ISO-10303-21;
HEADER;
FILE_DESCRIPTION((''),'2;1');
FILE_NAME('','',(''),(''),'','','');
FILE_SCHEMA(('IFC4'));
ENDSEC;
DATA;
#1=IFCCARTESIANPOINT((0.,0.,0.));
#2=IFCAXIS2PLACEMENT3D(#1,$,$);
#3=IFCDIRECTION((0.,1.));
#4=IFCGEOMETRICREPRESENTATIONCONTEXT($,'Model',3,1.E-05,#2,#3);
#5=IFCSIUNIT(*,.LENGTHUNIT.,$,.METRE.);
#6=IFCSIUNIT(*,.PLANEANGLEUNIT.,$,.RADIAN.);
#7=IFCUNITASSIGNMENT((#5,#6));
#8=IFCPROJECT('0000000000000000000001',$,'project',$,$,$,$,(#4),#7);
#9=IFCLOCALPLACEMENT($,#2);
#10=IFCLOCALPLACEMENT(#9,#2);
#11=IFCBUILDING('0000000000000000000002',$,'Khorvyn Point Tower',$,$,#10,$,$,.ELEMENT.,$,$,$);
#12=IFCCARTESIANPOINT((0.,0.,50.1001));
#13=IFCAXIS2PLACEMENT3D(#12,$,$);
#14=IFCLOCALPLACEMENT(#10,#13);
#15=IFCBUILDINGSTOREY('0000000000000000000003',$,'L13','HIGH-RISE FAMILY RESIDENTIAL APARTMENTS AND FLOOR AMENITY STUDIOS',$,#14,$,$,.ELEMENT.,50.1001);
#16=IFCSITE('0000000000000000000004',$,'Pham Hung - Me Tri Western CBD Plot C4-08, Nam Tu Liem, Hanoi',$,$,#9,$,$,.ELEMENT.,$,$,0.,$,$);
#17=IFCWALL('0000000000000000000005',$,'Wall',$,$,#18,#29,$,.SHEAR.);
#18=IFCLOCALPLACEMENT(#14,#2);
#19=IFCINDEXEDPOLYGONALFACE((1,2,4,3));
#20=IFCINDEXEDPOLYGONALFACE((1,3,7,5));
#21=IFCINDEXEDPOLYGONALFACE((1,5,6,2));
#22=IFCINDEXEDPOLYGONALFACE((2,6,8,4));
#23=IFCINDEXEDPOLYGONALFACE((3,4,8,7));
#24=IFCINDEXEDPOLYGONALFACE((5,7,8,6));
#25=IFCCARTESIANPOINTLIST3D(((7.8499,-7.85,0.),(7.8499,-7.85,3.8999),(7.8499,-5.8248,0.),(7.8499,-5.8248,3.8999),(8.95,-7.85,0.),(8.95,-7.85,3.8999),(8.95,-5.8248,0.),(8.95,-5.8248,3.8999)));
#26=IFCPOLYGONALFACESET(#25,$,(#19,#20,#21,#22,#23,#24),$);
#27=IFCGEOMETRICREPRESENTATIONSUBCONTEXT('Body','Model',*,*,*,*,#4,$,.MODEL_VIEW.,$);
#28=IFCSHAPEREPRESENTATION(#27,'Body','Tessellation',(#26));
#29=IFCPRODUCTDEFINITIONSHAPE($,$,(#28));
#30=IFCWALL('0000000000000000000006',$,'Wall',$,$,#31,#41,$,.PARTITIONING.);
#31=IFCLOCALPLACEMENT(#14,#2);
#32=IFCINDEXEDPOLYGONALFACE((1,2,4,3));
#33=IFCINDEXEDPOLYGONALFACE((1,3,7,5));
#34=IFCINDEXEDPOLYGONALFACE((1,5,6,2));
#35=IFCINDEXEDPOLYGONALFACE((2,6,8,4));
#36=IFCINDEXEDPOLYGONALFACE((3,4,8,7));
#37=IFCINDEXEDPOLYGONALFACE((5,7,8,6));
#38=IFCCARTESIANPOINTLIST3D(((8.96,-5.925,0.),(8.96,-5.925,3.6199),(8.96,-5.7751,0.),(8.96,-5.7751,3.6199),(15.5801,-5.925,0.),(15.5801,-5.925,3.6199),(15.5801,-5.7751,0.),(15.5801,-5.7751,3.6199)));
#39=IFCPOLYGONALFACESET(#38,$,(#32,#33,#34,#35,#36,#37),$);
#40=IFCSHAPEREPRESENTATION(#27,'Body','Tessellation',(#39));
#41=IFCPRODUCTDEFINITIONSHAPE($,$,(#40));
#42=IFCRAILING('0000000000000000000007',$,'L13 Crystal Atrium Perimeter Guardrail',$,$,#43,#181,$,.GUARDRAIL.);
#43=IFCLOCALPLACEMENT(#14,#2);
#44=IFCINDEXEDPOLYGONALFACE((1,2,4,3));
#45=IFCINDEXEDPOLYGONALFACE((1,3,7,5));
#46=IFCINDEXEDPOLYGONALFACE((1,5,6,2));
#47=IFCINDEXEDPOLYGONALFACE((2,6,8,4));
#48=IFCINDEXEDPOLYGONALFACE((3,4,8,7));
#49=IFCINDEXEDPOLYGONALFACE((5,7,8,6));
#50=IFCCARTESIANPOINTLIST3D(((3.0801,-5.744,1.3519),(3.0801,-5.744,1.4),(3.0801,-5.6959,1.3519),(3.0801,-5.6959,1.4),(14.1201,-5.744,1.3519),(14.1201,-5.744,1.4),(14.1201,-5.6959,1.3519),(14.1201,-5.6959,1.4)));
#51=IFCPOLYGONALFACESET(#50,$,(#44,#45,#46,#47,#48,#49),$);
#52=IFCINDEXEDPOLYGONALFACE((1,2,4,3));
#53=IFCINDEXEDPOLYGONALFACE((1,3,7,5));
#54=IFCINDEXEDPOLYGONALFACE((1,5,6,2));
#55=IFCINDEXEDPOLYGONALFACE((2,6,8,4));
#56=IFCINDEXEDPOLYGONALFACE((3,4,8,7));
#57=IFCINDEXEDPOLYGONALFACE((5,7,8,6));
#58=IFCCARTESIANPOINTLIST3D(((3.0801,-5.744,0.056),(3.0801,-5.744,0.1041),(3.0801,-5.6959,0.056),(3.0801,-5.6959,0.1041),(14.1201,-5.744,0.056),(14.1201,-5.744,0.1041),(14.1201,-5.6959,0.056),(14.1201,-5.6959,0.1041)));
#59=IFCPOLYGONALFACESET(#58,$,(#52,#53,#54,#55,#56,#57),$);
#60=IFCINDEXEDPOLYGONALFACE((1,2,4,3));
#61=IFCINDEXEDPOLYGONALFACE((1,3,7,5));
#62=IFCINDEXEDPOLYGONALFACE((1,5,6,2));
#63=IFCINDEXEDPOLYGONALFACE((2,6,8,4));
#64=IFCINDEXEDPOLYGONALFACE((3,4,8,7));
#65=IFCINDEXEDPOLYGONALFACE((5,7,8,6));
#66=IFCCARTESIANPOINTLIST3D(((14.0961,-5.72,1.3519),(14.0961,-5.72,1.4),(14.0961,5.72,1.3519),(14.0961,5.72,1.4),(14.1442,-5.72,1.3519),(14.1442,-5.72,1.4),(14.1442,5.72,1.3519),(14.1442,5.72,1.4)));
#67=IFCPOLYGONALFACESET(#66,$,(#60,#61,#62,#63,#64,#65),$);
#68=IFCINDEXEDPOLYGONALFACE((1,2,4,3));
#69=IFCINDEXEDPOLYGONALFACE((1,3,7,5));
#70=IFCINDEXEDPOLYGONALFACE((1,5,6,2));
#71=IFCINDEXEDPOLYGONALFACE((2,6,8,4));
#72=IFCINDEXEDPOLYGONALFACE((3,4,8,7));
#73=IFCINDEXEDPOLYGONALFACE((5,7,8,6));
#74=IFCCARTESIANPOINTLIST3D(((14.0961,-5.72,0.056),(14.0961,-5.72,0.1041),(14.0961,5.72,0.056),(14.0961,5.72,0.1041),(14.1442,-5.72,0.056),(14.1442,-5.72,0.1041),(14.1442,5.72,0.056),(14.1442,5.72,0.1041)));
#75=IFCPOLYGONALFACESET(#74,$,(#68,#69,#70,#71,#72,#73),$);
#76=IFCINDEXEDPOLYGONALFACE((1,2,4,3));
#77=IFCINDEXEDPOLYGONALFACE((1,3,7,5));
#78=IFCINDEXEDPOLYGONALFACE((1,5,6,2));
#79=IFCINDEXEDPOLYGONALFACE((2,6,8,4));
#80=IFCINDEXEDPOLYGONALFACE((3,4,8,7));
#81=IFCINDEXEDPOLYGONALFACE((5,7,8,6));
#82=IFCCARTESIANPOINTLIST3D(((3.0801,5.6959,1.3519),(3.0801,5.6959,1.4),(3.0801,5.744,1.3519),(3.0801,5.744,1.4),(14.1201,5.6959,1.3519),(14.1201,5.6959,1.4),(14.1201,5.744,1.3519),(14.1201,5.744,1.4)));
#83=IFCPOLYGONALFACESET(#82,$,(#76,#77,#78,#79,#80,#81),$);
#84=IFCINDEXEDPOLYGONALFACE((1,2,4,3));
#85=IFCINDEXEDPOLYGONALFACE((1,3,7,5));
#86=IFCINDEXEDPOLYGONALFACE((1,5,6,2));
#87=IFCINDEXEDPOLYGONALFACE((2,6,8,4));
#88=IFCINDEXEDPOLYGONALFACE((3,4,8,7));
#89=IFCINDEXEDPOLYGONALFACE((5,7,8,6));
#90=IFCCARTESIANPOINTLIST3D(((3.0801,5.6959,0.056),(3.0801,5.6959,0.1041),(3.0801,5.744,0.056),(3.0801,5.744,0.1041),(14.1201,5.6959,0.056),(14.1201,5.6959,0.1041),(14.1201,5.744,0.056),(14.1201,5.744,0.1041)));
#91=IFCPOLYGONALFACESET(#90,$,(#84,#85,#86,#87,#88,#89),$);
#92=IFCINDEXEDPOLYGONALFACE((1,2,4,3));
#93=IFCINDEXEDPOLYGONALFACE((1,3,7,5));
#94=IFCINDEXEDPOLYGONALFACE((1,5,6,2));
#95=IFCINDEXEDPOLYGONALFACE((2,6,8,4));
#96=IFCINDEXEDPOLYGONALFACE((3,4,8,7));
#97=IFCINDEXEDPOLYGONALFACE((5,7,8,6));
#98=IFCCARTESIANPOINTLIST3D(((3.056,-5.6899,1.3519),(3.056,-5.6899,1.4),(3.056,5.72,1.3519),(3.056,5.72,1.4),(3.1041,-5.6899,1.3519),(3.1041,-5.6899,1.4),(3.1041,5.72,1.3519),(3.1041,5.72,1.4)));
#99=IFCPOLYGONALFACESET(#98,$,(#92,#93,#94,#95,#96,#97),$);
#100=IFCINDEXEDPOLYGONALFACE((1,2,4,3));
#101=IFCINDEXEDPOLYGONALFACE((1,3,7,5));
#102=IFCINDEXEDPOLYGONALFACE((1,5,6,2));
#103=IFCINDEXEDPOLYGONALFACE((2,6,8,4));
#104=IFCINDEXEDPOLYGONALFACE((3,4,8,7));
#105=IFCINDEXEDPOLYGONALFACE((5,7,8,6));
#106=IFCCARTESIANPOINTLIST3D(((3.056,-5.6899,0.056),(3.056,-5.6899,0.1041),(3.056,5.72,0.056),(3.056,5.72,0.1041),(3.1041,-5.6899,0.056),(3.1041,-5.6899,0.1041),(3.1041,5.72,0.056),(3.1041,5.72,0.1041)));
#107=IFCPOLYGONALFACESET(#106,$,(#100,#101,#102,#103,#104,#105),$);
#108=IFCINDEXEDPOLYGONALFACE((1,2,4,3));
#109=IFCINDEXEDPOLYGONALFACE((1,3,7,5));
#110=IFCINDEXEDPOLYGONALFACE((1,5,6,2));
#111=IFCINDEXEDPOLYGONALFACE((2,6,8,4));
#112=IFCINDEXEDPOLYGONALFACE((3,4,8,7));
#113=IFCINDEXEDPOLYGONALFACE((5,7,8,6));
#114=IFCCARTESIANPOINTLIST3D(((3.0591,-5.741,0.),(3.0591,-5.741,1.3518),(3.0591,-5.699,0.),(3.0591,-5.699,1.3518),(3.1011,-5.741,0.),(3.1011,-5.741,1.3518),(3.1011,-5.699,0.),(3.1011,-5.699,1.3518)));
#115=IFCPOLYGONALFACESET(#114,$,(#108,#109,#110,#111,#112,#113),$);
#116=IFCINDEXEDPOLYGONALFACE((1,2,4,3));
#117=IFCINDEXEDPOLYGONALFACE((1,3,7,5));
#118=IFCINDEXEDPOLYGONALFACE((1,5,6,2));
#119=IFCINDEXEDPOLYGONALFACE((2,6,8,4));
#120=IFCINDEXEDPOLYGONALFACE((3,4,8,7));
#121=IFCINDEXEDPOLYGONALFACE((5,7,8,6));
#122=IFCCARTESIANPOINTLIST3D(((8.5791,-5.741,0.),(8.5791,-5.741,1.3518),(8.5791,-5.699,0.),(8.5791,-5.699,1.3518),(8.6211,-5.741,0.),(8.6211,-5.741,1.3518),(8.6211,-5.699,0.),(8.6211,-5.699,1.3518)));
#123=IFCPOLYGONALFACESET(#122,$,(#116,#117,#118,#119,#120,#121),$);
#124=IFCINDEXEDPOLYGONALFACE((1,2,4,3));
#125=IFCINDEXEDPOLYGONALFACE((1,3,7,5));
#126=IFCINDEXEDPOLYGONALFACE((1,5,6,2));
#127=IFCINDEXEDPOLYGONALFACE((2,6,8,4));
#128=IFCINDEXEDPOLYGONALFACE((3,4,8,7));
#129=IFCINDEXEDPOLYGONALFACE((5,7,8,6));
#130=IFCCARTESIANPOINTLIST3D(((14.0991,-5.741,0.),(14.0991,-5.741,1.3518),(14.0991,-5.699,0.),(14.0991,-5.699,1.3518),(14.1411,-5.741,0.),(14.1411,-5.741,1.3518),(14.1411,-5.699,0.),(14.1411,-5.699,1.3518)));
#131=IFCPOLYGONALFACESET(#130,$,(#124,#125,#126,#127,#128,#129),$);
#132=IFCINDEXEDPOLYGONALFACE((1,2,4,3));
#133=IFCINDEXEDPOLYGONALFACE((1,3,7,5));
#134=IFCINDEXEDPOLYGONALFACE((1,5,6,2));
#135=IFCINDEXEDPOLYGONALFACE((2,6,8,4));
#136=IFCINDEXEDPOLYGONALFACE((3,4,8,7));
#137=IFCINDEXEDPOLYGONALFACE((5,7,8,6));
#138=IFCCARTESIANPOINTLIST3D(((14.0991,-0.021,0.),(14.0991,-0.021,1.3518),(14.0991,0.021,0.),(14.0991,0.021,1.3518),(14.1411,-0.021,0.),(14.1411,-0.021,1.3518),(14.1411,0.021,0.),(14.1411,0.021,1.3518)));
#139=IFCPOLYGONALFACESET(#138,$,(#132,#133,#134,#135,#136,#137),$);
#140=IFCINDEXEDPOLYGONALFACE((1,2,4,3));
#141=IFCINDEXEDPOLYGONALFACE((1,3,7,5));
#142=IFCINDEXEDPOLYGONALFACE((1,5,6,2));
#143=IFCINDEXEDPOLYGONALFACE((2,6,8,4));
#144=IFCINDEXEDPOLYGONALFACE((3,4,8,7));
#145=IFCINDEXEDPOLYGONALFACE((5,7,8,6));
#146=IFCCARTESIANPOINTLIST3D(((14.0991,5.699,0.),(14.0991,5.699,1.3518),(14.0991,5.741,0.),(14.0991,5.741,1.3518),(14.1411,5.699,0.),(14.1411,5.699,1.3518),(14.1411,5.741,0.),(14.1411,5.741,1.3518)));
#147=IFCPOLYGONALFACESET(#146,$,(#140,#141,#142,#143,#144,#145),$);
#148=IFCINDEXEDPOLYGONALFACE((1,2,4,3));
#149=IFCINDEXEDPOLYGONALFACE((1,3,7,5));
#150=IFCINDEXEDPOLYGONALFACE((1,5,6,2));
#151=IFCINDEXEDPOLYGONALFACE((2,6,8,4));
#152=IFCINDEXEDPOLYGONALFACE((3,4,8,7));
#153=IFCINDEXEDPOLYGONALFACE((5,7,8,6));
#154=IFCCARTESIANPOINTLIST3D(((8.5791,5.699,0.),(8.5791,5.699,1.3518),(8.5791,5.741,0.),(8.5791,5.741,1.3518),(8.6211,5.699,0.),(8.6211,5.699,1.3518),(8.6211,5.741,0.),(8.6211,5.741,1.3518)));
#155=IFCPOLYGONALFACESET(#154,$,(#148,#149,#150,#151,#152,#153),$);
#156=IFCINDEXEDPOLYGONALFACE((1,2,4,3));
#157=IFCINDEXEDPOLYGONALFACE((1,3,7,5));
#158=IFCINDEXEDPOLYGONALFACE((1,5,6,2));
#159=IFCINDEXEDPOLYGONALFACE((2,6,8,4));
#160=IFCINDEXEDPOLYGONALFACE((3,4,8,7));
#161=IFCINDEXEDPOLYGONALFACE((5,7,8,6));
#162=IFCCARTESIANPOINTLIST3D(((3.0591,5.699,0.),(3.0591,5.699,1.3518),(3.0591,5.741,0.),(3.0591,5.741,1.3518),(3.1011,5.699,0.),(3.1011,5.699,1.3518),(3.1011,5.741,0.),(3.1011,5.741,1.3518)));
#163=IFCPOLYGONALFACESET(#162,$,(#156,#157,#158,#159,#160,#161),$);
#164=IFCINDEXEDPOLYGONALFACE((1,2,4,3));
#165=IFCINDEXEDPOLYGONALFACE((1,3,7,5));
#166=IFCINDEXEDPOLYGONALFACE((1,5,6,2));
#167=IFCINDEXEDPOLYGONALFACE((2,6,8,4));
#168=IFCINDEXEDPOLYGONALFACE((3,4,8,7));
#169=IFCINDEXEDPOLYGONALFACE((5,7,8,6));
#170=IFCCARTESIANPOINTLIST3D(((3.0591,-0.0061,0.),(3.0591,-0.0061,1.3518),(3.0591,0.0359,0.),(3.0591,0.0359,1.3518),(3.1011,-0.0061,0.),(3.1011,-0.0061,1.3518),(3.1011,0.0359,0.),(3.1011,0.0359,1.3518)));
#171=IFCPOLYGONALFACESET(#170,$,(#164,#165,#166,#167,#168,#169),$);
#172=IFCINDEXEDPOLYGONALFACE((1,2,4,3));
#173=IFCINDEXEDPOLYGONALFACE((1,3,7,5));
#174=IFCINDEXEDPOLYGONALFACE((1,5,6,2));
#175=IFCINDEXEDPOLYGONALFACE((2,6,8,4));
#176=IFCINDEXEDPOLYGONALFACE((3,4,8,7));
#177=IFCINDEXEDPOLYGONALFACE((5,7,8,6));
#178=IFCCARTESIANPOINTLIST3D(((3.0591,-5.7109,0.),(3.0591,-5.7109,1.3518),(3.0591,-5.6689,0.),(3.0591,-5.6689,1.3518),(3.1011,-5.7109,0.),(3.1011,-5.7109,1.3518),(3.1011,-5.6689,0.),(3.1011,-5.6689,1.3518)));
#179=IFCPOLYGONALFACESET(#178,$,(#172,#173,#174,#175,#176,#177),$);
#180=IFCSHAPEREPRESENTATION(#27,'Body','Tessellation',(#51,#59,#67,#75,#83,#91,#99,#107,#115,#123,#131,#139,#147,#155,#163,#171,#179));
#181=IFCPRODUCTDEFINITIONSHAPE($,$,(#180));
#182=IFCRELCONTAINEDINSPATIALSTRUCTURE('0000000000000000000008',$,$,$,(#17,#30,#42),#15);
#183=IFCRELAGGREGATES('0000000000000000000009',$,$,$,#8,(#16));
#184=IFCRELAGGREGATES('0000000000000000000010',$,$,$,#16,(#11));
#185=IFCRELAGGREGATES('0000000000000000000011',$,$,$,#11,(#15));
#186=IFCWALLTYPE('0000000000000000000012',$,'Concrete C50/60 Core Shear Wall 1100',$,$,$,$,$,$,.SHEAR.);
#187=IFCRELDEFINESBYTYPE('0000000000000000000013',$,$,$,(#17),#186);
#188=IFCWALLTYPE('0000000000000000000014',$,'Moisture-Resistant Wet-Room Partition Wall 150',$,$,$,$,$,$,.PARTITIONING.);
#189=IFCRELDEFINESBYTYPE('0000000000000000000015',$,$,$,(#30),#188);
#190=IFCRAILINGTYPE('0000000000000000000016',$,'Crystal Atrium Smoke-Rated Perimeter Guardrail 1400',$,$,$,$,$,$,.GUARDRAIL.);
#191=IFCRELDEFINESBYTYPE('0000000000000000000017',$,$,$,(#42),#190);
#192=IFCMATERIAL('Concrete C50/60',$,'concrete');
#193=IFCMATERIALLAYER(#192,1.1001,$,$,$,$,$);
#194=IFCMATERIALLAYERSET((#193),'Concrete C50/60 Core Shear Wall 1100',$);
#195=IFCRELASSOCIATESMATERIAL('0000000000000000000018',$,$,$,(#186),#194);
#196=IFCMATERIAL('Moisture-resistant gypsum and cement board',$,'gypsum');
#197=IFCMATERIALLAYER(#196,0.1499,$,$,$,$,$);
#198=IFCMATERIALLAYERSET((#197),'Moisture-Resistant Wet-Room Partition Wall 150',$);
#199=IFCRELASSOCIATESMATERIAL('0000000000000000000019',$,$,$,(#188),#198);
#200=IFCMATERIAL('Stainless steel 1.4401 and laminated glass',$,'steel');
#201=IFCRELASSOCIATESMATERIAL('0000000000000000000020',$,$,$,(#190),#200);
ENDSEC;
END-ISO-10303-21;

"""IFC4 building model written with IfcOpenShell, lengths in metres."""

from ifc_helpers import new_model, si_unit, direction, frame, frame_2d, origin, origin_2d, place, context, subcontext, project, spatial, rectangle, extrude, material, layer, layer_set, type_object, element, save


model = new_model("IFC4")

# Units and contexts
model_context = context("Model", 3, precision=1e-05, world=origin(), true_north=direction((0.0, 1.0)))
body_context = subcontext(model_context, "Body", "Model", "MODEL_VIEW")
ifc_project = project(units=[si_unit("LENGTHUNIT", "METRE"), si_unit("PLANEANGLEUNIT", "RADIAN")], contexts=[model_context])

# Site, building, storey
site_placement = place(None, origin())
site = spatial("IfcSite", under=ifc_project, at=site_placement, Name="Pham Hung - Me Tri Western CBD Plot C4-08, Nam Tu Liem, Hanoi", CompositionType="ELEMENT", RefElevation=0.0)
building_placement = place(site_placement, origin())
building = spatial("IfcBuilding", under=site, at=building_placement, Name="Khorvyn Point Tower", CompositionType="ELEMENT")
storey_placement = place(building_placement, frame((0.0, 0.0, 50.1001)))
storey = spatial("IfcBuildingStorey", under=building, at=storey_placement, Name="L13", Description="HIGH-RISE FAMILY RESIDENTIAL APARTMENTS AND FLOOR AMENITY STUDIOS", CompositionType="ELEMENT", Elevation=50.1001)

# Shared definitions
ifc_material_1 = material(Name="Concrete C50/60", Category="concrete")

# Walls
ifc_layer_1 = layer(ifc_material_1, 1.1001)
ifc_layer_set_1 = layer_set([ifc_layer_1], Name="Concrete C50/60 Core Shear Wall 1100")
wall_type_1 = type_object("IfcWallType", Name="Concrete C50/60 Core Shear Wall 1100", PredefinedType="SHEAR", material=ifc_layer_set_1)
wall_1_placement = place(storey_placement, frame((8.3999, -7.8501, 0.0), z_axis=(0.0, 0.0, 1.0), x_axis=(0.0, 1.0, 0.0)))
element("IfcWall", 1, at=wall_1_placement, inside=storey, type_object=wall_type_1, Name="Wall", PredefinedType="SHEAR", context=body_context, shape_type="SweptSolid", body=[
    extrude(rectangle(XDim=2.0251, YDim=1.1001, at=frame_2d((1.0127, 0.0))), origin(), (0.0, 0.0, 1.0), 3.8999),
])
ifc_material_2 = material(Name="Moisture-resistant gypsum and cement board", Category="gypsum")
ifc_layer_2 = layer(ifc_material_2, 0.1499)
ifc_layer_set_2 = layer_set([ifc_layer_2], Name="Moisture-Resistant Wet-Room Partition Wall 150")
wall_type_2 = type_object("IfcWallType", Name="Moisture-Resistant Wet-Room Partition Wall 150", PredefinedType="PARTITIONING", material=ifc_layer_set_2)
wall_2_placement = place(storey_placement, frame((8.96, -5.8501, 0.0), z_axis=(0.0, 0.0, 1.0), x_axis=(1.0, 0.0, 0.0)))
element("IfcWall", 2, at=wall_2_placement, inside=storey, type_object=wall_type_2, Name="Wall", PredefinedType="PARTITIONING", context=body_context, shape_type="SweptSolid", body=[
    extrude(rectangle(XDim=6.6201, YDim=0.1499, at=frame_2d((3.3101, 0.0))), origin(), (0.0, 0.0, 1.0), 3.6199),
])

# Railing
ifc_material_3 = material(Name="Stainless steel 1.4401 and laminated glass", Category="steel")
railing_type = type_object("IfcRailingType", Name="Crystal Atrium Smoke-Rated Perimeter Guardrail 1400", PredefinedType="GUARDRAIL", material=ifc_material_3)
railing_placement = place(storey_placement, frame((3.0801, -5.72, 0.0)))
element("IfcRailing", 3, at=railing_placement, inside=storey, type_object=railing_type, Name="L13 Crystal Atrium Perimeter Guardrail", PredefinedType="GUARDRAIL", context=body_context, shape_type="SweptSolid", body=[
    extrude(rectangle(XDim=0.0481, YDim=0.0481, at=origin_2d()), frame((0.0, 0.0, 1.376), z_axis=(1.0, 0.0, 0.0), x_axis=(0.0, 1.0, 0.0)), (0.0, 0.0, 1.0), 11.04),
    extrude(rectangle(XDim=0.0481, YDim=0.0481, at=origin_2d()), frame((0.0, 0.0, 0.0801), z_axis=(1.0, 0.0, 0.0), x_axis=(0.0, 1.0, 0.0)), (0.0, 0.0, 1.0), 11.04),
    extrude(rectangle(XDim=0.0481, YDim=0.0481, at=origin_2d()), frame((11.04, 0.0, 1.376), z_axis=(0.0, 1.0, 0.0), x_axis=(-1.0, 0.0, 0.0)), (0.0, 0.0, 1.0), 11.4399),
    extrude(rectangle(XDim=0.0481, YDim=0.0481, at=origin_2d()), frame((11.04, 0.0, 0.0801), z_axis=(0.0, 1.0, 0.0), x_axis=(-1.0, 0.0, 0.0)), (0.0, 0.0, 1.0), 11.4399),
    extrude(rectangle(XDim=0.0481, YDim=0.0481, at=origin_2d()), frame((11.04, 11.4399, 1.376), z_axis=(-1.0, 0.0, 0.0), x_axis=(0.0, -1.0, 0.0)), (0.0, 0.0, 1.0), 11.04),
    extrude(rectangle(XDim=0.0481, YDim=0.0481, at=origin_2d()), frame((11.04, 11.4399, 0.0801), z_axis=(-1.0, 0.0, 0.0), x_axis=(0.0, -1.0, 0.0)), (0.0, 0.0, 1.0), 11.04),
    extrude(rectangle(XDim=0.0481, YDim=0.0481, at=origin_2d()), frame((0.0, 11.4399, 1.376), z_axis=(0.0, -1.0, 0.0), x_axis=(1.0, 0.0, 0.0)), (0.0, 0.0, 1.0), 11.4099),
    extrude(rectangle(XDim=0.0481, YDim=0.0481, at=origin_2d()), frame((0.0, 11.4399, 0.0801), z_axis=(0.0, -1.0, 0.0), x_axis=(1.0, 0.0, 0.0)), (0.0, 0.0, 1.0), 11.4099),
    extrude(rectangle(XDim=0.042, YDim=0.042, at=origin_2d()), origin(), (0.0, 0.0, 1.0), 1.3518),
    extrude(rectangle(XDim=0.042, YDim=0.042, at=origin_2d()), frame((5.52, 0.0, 0.0)), (0.0, 0.0, 1.0), 1.3518),
    extrude(rectangle(XDim=0.042, YDim=0.042, at=origin_2d()), frame((11.04, 0.0, 0.0)), (0.0, 0.0, 1.0), 1.3518),
    extrude(rectangle(XDim=0.042, YDim=0.042, at=origin_2d()), frame((11.04, 5.72, 0.0)), (0.0, 0.0, 1.0), 1.3518),
    extrude(rectangle(XDim=0.042, YDim=0.042, at=origin_2d()), frame((11.04, 11.4399, 0.0)), (0.0, 0.0, 1.0), 1.3518),
    extrude(rectangle(XDim=0.042, YDim=0.042, at=origin_2d()), frame((5.52, 11.4399, 0.0)), (0.0, 0.0, 1.0), 1.3518),
    extrude(rectangle(XDim=0.042, YDim=0.042, at=origin_2d()), frame((0.0, 11.4399, 0.0)), (0.0, 0.0, 1.0), 1.3518),
    extrude(rectangle(XDim=0.042, YDim=0.042, at=origin_2d()), frame((0.0, 5.7349, 0.0)), (0.0, 0.0, 1.0), 1.3518),
    extrude(rectangle(XDim=0.042, YDim=0.042, at=origin_2d()), frame((0.0, 0.03, 0.0)), (0.0, 0.0, 1.0), 1.3518),
])

save(model, "model.ifc")
